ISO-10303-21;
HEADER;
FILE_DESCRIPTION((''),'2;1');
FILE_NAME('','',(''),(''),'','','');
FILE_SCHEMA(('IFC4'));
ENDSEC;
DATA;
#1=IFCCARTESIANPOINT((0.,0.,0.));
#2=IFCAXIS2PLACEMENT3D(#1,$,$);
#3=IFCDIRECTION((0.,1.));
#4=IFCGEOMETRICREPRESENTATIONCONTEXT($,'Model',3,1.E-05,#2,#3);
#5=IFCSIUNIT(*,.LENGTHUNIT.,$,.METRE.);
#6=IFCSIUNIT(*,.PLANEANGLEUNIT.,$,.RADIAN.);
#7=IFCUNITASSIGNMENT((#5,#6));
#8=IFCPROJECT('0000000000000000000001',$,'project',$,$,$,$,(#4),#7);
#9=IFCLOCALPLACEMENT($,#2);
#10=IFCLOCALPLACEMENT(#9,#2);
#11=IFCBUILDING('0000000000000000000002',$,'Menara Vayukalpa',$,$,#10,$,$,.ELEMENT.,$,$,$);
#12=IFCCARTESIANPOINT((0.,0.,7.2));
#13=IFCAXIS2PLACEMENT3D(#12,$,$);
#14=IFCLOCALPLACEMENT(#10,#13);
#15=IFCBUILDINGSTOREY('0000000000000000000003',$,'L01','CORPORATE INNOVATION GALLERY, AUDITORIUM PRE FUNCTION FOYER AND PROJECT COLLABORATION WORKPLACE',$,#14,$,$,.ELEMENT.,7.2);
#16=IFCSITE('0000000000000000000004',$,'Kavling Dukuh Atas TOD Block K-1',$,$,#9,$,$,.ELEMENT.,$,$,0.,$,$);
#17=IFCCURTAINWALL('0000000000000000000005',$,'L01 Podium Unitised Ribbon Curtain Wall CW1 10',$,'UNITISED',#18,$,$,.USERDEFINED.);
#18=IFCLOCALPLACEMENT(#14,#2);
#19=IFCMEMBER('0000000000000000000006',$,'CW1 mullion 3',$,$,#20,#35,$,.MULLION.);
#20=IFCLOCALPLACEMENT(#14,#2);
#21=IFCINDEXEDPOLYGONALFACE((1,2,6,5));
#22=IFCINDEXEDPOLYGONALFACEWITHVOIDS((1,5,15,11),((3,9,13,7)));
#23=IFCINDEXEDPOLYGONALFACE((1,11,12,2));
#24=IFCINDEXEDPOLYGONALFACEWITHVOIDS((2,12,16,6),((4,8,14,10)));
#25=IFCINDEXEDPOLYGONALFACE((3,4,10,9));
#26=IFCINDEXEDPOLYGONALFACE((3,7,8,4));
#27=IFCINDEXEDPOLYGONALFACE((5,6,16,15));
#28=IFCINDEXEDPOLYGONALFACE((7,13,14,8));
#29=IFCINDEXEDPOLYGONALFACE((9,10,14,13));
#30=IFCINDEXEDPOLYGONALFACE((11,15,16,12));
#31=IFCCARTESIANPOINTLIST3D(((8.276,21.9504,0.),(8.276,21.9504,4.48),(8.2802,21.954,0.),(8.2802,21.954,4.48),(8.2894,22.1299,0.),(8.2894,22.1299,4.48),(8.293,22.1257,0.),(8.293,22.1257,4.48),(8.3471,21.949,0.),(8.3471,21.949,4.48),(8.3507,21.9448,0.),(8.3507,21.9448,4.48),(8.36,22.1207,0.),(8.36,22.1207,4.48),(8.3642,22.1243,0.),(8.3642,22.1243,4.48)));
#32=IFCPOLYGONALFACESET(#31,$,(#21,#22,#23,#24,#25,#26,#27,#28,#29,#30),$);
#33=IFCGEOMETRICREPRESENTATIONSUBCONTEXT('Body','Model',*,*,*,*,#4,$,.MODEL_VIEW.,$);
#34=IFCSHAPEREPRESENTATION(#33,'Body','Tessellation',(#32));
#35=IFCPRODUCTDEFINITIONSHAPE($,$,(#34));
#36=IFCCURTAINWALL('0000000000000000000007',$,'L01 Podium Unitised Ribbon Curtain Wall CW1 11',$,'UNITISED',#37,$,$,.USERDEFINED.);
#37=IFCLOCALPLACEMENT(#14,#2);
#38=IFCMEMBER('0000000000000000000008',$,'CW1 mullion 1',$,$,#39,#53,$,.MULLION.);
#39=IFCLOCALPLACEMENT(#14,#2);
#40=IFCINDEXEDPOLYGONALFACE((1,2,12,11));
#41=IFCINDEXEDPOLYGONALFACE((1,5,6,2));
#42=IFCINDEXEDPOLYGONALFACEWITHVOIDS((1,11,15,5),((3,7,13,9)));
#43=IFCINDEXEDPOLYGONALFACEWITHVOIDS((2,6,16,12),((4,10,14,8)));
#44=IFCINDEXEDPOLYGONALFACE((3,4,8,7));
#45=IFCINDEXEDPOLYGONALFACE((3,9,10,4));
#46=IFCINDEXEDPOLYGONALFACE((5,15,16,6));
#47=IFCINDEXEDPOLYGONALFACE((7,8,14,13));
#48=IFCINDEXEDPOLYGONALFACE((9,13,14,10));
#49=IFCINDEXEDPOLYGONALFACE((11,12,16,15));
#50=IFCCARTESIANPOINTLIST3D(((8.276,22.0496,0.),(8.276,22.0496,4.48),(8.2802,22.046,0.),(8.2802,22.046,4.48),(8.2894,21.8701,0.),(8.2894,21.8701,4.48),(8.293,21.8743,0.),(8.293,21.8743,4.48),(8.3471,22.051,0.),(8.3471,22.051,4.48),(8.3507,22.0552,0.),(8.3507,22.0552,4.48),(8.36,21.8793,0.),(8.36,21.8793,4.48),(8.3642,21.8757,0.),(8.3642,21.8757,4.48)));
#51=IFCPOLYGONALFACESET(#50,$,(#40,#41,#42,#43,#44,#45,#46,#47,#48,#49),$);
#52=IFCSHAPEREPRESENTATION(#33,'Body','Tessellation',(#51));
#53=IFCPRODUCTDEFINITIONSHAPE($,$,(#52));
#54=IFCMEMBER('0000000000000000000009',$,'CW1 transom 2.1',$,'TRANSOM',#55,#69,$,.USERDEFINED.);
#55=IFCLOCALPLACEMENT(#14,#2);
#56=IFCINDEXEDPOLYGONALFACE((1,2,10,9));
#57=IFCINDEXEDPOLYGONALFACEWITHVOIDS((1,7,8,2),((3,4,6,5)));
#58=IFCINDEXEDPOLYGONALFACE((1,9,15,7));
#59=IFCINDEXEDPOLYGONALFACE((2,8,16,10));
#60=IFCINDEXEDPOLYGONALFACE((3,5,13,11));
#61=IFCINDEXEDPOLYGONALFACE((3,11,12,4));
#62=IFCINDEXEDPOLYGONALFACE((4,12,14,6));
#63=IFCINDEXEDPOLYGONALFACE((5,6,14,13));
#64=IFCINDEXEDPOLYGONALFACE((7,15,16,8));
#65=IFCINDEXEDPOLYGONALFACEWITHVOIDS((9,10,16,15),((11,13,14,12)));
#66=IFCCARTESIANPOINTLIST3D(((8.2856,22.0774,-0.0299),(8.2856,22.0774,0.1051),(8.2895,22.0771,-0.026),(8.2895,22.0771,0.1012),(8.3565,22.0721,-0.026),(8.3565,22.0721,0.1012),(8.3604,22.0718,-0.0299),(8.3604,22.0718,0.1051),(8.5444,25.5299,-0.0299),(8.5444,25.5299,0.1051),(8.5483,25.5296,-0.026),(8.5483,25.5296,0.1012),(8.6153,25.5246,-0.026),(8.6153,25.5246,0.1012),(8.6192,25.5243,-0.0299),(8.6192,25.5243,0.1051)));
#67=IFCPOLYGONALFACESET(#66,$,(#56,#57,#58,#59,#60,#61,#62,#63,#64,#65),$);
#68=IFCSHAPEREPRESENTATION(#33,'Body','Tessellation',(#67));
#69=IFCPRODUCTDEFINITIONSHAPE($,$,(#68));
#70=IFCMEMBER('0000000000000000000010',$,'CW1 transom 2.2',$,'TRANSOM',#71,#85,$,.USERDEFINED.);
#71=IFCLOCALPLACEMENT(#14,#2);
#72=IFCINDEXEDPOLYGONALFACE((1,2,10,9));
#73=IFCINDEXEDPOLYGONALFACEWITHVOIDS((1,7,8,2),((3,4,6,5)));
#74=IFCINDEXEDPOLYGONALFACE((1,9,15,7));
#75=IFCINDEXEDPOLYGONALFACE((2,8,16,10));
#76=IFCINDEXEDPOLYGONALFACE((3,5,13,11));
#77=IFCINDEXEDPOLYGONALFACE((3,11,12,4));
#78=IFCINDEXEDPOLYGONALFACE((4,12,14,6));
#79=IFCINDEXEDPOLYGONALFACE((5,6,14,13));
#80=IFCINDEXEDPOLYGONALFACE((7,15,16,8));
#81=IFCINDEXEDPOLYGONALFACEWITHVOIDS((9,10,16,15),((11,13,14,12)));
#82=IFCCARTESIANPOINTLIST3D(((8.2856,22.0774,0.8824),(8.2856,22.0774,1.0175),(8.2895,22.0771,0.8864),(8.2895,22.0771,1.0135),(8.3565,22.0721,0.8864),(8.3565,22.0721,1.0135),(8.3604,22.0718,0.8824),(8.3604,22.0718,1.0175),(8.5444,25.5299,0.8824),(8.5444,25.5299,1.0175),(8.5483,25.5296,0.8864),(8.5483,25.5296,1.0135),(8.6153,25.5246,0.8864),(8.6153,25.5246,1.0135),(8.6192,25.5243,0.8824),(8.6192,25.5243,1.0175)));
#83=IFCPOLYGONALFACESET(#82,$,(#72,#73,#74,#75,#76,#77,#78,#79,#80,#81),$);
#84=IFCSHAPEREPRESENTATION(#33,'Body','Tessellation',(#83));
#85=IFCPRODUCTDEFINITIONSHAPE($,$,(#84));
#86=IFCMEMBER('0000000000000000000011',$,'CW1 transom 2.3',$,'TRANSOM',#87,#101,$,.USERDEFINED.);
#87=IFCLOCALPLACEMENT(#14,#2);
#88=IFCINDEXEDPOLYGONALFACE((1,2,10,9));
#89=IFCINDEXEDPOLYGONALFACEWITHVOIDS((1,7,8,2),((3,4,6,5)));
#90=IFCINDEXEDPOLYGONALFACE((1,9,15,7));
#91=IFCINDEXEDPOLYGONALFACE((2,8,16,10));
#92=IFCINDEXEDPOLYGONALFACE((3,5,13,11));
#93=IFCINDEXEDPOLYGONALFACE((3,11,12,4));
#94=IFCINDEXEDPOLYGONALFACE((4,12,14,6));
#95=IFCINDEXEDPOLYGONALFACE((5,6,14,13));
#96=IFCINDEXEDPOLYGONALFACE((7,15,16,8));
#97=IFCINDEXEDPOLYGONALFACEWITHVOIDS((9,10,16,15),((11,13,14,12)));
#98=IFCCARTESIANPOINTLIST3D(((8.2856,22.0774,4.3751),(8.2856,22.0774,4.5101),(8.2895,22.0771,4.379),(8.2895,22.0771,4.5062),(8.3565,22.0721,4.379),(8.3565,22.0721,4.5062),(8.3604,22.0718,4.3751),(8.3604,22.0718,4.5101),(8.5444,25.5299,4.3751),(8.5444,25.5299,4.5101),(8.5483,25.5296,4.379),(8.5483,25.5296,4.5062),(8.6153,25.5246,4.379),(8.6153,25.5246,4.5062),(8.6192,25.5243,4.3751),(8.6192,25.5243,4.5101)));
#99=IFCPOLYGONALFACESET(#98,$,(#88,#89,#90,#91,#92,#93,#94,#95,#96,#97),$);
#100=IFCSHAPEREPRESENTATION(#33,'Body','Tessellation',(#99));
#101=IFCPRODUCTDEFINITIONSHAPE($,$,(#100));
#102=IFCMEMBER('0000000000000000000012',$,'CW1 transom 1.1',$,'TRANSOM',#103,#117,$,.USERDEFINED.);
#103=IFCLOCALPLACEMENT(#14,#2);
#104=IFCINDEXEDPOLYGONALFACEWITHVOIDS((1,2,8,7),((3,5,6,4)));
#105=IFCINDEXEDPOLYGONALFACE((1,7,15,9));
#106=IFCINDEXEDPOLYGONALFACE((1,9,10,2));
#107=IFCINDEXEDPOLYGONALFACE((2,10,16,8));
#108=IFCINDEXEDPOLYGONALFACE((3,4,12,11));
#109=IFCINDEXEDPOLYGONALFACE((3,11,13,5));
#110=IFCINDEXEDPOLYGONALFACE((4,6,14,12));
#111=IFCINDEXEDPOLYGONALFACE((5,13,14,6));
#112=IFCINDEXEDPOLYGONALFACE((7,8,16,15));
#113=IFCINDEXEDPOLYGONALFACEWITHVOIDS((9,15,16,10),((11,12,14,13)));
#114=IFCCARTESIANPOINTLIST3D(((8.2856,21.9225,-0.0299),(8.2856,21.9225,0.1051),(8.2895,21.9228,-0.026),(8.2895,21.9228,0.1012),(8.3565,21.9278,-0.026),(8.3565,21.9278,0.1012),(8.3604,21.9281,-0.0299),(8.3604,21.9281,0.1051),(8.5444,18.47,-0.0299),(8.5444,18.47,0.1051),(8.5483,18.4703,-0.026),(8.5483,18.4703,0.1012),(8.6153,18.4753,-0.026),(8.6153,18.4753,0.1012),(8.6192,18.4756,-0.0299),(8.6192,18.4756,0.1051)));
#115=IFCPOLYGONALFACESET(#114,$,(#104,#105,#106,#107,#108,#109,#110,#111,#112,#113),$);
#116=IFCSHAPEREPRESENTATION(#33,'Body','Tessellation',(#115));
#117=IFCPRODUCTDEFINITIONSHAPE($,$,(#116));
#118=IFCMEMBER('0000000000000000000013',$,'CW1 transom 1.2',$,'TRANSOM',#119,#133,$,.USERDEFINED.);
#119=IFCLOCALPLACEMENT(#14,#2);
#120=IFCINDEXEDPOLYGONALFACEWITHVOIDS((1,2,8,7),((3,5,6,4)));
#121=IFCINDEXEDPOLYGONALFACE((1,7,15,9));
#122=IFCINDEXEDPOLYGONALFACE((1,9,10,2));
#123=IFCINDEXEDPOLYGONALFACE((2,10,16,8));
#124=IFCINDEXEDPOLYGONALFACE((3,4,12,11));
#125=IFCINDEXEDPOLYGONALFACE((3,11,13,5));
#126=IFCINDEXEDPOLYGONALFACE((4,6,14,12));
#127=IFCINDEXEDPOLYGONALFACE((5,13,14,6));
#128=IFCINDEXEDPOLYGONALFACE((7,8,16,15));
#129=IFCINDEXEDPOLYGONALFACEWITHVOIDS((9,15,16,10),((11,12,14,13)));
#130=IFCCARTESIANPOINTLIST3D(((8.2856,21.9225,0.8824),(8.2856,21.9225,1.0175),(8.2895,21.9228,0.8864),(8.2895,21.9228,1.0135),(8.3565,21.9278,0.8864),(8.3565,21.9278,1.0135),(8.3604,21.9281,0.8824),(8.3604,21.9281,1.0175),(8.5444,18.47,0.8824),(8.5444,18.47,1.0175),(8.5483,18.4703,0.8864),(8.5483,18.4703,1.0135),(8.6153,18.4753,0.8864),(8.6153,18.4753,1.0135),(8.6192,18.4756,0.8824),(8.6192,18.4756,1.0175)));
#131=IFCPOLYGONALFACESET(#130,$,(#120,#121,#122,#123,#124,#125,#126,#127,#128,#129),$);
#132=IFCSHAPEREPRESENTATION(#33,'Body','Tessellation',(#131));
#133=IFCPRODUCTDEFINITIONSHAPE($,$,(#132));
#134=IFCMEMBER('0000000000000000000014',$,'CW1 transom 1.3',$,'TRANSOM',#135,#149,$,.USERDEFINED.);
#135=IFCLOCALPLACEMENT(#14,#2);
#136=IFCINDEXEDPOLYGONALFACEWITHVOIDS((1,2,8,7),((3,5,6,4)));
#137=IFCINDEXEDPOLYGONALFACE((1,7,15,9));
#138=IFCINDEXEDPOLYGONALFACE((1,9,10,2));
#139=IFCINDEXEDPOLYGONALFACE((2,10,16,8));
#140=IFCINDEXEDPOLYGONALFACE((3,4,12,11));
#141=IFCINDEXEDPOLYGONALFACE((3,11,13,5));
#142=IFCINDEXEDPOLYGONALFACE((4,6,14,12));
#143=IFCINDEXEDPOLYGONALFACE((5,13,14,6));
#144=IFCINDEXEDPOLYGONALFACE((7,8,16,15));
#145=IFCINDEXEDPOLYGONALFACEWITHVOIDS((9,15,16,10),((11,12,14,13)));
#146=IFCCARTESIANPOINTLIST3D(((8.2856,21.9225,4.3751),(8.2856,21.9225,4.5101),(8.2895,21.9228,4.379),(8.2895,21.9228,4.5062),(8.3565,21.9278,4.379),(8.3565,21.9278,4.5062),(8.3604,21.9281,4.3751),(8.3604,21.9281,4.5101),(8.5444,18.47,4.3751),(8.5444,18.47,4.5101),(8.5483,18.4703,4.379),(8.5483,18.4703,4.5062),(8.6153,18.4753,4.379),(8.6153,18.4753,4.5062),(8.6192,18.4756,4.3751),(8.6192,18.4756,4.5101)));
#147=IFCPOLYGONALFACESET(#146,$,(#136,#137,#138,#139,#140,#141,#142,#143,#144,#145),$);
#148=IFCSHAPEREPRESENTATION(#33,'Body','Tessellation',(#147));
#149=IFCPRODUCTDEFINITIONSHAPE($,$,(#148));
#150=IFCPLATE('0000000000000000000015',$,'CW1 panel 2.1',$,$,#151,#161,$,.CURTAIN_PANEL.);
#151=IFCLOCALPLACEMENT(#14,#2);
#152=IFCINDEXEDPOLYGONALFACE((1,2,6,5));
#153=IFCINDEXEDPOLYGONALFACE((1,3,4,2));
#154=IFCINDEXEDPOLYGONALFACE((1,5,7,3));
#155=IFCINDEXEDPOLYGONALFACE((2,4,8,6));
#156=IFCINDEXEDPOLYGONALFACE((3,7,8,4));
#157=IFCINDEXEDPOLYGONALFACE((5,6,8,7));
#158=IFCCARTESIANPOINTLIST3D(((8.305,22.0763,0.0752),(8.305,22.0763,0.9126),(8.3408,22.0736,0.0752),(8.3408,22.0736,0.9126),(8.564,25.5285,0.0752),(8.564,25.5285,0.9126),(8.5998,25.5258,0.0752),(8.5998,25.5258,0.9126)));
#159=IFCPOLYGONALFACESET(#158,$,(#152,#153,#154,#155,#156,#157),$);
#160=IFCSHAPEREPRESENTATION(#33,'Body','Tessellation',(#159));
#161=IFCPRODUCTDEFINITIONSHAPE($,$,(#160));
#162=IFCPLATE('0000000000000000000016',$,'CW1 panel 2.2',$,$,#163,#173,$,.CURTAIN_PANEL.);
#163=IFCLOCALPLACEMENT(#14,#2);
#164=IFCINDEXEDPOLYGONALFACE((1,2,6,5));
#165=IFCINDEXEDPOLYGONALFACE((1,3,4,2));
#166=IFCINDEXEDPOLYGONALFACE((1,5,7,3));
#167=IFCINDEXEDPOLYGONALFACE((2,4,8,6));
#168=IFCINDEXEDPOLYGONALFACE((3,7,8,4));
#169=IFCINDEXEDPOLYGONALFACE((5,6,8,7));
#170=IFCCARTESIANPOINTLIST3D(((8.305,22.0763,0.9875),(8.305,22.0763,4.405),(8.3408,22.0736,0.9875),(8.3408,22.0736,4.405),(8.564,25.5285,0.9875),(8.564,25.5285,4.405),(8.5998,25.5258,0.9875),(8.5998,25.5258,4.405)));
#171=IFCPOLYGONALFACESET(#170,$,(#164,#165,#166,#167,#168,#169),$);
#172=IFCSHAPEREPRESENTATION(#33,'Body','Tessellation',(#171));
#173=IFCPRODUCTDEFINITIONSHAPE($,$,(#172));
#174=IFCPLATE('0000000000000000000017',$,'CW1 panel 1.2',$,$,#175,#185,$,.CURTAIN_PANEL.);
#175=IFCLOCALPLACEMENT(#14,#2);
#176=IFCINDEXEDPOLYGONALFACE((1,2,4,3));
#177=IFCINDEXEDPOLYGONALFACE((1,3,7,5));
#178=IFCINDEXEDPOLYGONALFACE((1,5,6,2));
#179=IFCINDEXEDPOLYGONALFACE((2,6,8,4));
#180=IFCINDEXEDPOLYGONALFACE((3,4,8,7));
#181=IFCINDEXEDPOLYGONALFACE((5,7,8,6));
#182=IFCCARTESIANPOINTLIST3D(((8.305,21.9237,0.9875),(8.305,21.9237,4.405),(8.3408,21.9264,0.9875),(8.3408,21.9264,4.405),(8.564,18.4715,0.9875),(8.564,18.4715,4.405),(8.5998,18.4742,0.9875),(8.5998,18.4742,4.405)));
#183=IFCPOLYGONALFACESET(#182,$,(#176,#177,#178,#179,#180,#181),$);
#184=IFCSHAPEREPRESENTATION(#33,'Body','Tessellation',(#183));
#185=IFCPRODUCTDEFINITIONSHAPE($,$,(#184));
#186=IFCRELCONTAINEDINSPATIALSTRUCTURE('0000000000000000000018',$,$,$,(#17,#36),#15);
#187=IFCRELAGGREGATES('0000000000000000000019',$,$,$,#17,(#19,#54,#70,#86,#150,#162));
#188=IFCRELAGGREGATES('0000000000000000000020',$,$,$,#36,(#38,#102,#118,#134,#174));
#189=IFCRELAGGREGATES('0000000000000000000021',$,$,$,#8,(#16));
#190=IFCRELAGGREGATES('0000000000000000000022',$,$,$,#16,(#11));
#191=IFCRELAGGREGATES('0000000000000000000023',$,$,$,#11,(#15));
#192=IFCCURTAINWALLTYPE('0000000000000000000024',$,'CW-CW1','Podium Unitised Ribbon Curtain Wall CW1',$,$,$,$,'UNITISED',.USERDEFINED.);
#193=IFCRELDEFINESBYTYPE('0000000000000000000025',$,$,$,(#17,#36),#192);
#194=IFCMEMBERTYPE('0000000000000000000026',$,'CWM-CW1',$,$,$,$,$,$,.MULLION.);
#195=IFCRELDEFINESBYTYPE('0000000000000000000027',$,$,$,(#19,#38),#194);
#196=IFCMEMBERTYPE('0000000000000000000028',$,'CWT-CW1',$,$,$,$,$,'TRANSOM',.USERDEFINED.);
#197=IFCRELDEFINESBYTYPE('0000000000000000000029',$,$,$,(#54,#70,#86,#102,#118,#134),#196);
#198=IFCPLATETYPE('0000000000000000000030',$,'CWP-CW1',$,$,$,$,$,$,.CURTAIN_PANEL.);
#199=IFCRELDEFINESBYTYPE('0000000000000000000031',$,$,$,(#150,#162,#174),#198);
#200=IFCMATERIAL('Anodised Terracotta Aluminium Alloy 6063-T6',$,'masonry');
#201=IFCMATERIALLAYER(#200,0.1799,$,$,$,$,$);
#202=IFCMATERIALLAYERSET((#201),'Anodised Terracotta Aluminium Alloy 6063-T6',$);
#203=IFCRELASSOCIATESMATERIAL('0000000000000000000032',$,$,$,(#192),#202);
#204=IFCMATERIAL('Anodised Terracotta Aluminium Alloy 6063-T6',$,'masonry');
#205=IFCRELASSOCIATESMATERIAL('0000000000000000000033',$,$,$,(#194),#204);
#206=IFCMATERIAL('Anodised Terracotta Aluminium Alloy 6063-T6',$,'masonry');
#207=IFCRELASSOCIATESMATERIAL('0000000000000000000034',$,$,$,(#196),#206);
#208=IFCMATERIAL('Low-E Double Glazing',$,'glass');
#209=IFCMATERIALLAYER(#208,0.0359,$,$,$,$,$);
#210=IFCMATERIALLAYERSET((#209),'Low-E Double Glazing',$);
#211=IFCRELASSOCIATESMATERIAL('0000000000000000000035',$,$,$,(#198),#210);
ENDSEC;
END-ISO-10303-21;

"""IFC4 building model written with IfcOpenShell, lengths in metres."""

from ifc_helpers import new_model, si_unit, direction, frame, origin, origin_2d, place, context, subcontext, project, spatial, rectangle, hollow_rectangle, extrude, material, layer, layer_set, material_profile, profile_set, type_object, element, aggregate, save


model = new_model("IFC4")

# Units and contexts
model_context = context("Model", 3, precision=1e-05, world=origin(), true_north=direction((0.0, 1.0)))
body_context = subcontext(model_context, "Body", "Model", "MODEL_VIEW")
ifc_project = project(units=[si_unit("LENGTHUNIT", "METRE"), si_unit("PLANEANGLEUNIT", "RADIAN")], contexts=[model_context])

# Site, building, storey
site_placement = place(None, origin())
site = spatial("IfcSite", under=ifc_project, at=site_placement, Name="Kavling Dukuh Atas TOD Block K-1", CompositionType="ELEMENT", RefElevation=0.0)
building_placement = place(site_placement, origin())
building = spatial("IfcBuilding", under=site, at=building_placement, Name="Menara Vayukalpa", CompositionType="ELEMENT")
storey_placement = place(building_placement, frame((0.0, 0.0, 7.2)))
storey = spatial("IfcBuildingStorey", under=building, at=storey_placement, Name="L01", Description="CORPORATE INNOVATION GALLERY, AUDITORIUM PRE FUNCTION FOYER AND PROJECT COLLABORATION WORKPLACE", CompositionType="ELEMENT", Elevation=7.2)

# Curtain wall, member
ifc_material_1 = material(Name="Anodised Terracotta Aluminium Alloy 6063-T6", Category="masonry")
ifc_layer_1 = layer(ifc_material_1, 0.1799)
ifc_layer_set_1 = layer_set([ifc_layer_1], Name="Anodised Terracotta Aluminium Alloy 6063-T6")
curtain_wall_type = type_object("IfcCurtainWallType", Name="CW-CW1", Description="Podium Unitised Ribbon Curtain Wall CW1", ElementType="UNITISED", PredefinedType="USERDEFINED", material=ifc_layer_set_1)
curtain_wall_1_placement = place(storey_placement, origin())
curtain_wall_1 = element("IfcCurtainWall", 1, at=curtain_wall_1_placement, inside=storey, type_object=curtain_wall_type, Name="L01 Podium Unitised Ribbon Curtain Wall CW1 10", ObjectType="UNITISED", PredefinedType="USERDEFINED")
ifc_material_2 = material(Name="Anodised Terracotta Aluminium Alloy 6063-T6", Category="masonry")
ifc_material_profile_1 = material_profile(ifc_material_2, hollow_rectangle(XDim=0.075, YDim=0.1799, WallThickness=0.0039, at=origin_2d()), Name="ALU 75x180x4")
ifc_profile_set_1 = profile_set([ifc_material_profile_1], Name="Anodised Terracotta Aluminium Alloy 6063-T6")
member_type_1 = type_object("IfcMemberType", Name="CWM-CW1", PredefinedType="MULLION", material=ifc_profile_set_1)
member_1_placement = place(storey_placement, frame((8.3201, 22.0374, 0.0), z_axis=(0.0, 0.0, 1.0), x_axis=(0.997199, -0.074794, 0.0)))
member_1 = element("IfcMember", 2, at=member_1_placement, type_object=member_type_1, Name="CW1 mullion 3", PredefinedType="MULLION", context=body_context, shape_type="SweptSolid", body=[
    extrude(hollow_rectangle(XDim=0.075, YDim=0.1799, WallThickness=0.0039, at=origin_2d()), origin(), (0.0, 0.0, 1.0), 4.48),
])

# Curtain wall, member
curtain_wall_2_placement = place(storey_placement, origin())
curtain_wall_2 = element("IfcCurtainWall", 3, at=curtain_wall_2_placement, inside=storey, type_object=curtain_wall_type, Name="L01 Podium Unitised Ribbon Curtain Wall CW1 11", ObjectType="UNITISED", PredefinedType="USERDEFINED")
member_2_placement = place(storey_placement, frame((8.3201, 21.9626, 0.0), z_axis=(0.0, 0.0, 1.0), x_axis=(0.997199, 0.074794, 0.0)))
member_2 = element("IfcMember", 4, at=member_2_placement, type_object=member_type_1, Name="CW1 mullion 1", PredefinedType="MULLION", context=body_context, shape_type="SweptSolid", body=[
    extrude(hollow_rectangle(XDim=0.075, YDim=0.1799, WallThickness=0.0039, at=origin_2d()), origin(), (0.0, 0.0, 1.0), 4.48),
])

# Members
ifc_material_3 = material(Name="Anodised Terracotta Aluminium Alloy 6063-T6", Category="masonry")
ifc_material_profile_2 = material_profile(ifc_material_3, hollow_rectangle(XDim=0.075, YDim=0.135, WallThickness=0.0039, at=origin_2d()), Name="ALU 75x135x4")
ifc_profile_set_2 = profile_set([ifc_material_profile_2], Name="Anodised Terracotta Aluminium Alloy 6063-T6")
member_type_2 = type_object("IfcMemberType", Name="CWT-CW1", ElementType="TRANSOM", PredefinedType="USERDEFINED", material=ifc_profile_set_2)
member_3_placement = place(storey_placement, frame((8.5818, 25.5271, 0.0376), z_axis=(-0.07475, -0.997202, 0.0), x_axis=(0.997202, -0.07475, 0.0)))
member_3 = element("IfcMember", 5, at=member_3_placement, type_object=member_type_2, Name="CW1 transom 2.1", ObjectType="TRANSOM", PredefinedType="USERDEFINED", context=body_context, shape_type="SweptSolid", body=[
    extrude(hollow_rectangle(XDim=0.075, YDim=0.135, WallThickness=0.0039, at=origin_2d()), origin(), (0.0, 0.0, 1.0), 3.4622),
])
member_4_placement = place(storey_placement, frame((8.5818, 25.5271, 0.95), z_axis=(-0.07475, -0.997202, 0.0), x_axis=(0.997202, -0.07475, 0.0)))
member_4 = element("IfcMember", 6, at=member_4_placement, type_object=member_type_2, Name="CW1 transom 2.2", ObjectType="TRANSOM", PredefinedType="USERDEFINED", context=body_context, shape_type="SweptSolid", body=[
    extrude(hollow_rectangle(XDim=0.075, YDim=0.135, WallThickness=0.0039, at=origin_2d()), origin(), (0.0, 0.0, 1.0), 3.4622),
])
member_5_placement = place(storey_placement, frame((8.5818, 25.5271, 4.4426), z_axis=(-0.07475, -0.997202, 0.0), x_axis=(0.997202, -0.07475, 0.0)))
member_5 = element("IfcMember", 7, at=member_5_placement, type_object=member_type_2, Name="CW1 transom 2.3", ObjectType="TRANSOM", PredefinedType="USERDEFINED", context=body_context, shape_type="SweptSolid", body=[
    extrude(hollow_rectangle(XDim=0.075, YDim=0.135, WallThickness=0.0039, at=origin_2d()), origin(), (0.0, 0.0, 1.0), 3.4622),
])
member_6_placement = place(storey_placement, frame((8.323, 21.9253, 0.0376), z_axis=(0.07475, -0.997202, 0.0), x_axis=(0.997202, 0.07475, 0.0)))
member_6 = element("IfcMember", 8, at=member_6_placement, type_object=member_type_2, Name="CW1 transom 1.1", ObjectType="TRANSOM", PredefinedType="USERDEFINED", context=body_context, shape_type="SweptSolid", body=[
    extrude(hollow_rectangle(XDim=0.075, YDim=0.135, WallThickness=0.0039, at=origin_2d()), origin(), (0.0, 0.0, 1.0), 3.4622),
])
member_7_placement = place(storey_placement, frame((8.323, 21.9253, 0.95), z_axis=(0.07475, -0.997202, 0.0), x_axis=(0.997202, 0.07475, 0.0)))
member_7 = element("IfcMember", 9, at=member_7_placement, type_object=member_type_2, Name="CW1 transom 1.2", ObjectType="TRANSOM", PredefinedType="USERDEFINED", context=body_context, shape_type="SweptSolid", body=[
    extrude(hollow_rectangle(XDim=0.075, YDim=0.135, WallThickness=0.0039, at=origin_2d()), origin(), (0.0, 0.0, 1.0), 3.4622),
])
member_8_placement = place(storey_placement, frame((8.323, 21.9253, 4.4426), z_axis=(0.07475, -0.997202, 0.0), x_axis=(0.997202, 0.07475, 0.0)))
member_8 = element("IfcMember", 10, at=member_8_placement, type_object=member_type_2, Name="CW1 transom 1.3", ObjectType="TRANSOM", PredefinedType="USERDEFINED", context=body_context, shape_type="SweptSolid", body=[
    extrude(hollow_rectangle(XDim=0.075, YDim=0.135, WallThickness=0.0039, at=origin_2d()), origin(), (0.0, 0.0, 1.0), 3.4622),
])

# Plates
ifc_material_4 = material(Name="Low-E Double Glazing", Category="glass")
ifc_layer_2 = layer(ifc_material_4, 0.0359)
ifc_layer_set_2 = layer_set([ifc_layer_2], Name="Low-E Double Glazing")
plate_type = type_object("IfcPlateType", Name="CWP-CW1", PredefinedType="CURTAIN_PANEL", material=ifc_layer_set_2)
plate_1_placement = place(storey_placement, frame((8.4524, 23.801, 0.0752), z_axis=(0.0, 0.0, 1.0), x_axis=(-0.074794, -0.997199, 0.0)))
plate_1 = element("IfcPlate", 11, at=plate_1_placement, type_object=plate_type, Name="CW1 panel 2.1", PredefinedType="CURTAIN_PANEL", context=body_context, shape_type="SweptSolid", body=[
    extrude(rectangle(XDim=3.4619, YDim=0.0359, at=origin_2d()), origin(), (0.0, 0.0, 1.0), 0.8374),
])
plate_2_placement = place(storey_placement, frame((8.4524, 23.801, 0.9875), z_axis=(0.0, 0.0, 1.0), x_axis=(-0.074794, -0.997199, 0.0)))
plate_2 = element("IfcPlate", 12, at=plate_2_placement, type_object=plate_type, Name="CW1 panel 2.2", PredefinedType="CURTAIN_PANEL", context=body_context, shape_type="SweptSolid", body=[
    extrude(rectangle(XDim=3.4619, YDim=0.0359, at=origin_2d()), origin(), (0.0, 0.0, 1.0), 3.4175),
])
aggregate(curtain_wall_1, [member_1, member_3, member_4, member_5, plate_1, plate_2])
plate_3_placement = place(storey_placement, frame((8.4524, 20.199, 0.9875), z_axis=(0.0, 0.0, 1.0), x_axis=(0.074794, -0.997199, 0.0)))
plate_3 = element("IfcPlate", 13, at=plate_3_placement, type_object=plate_type, Name="CW1 panel 1.2", PredefinedType="CURTAIN_PANEL", context=body_context, shape_type="SweptSolid", body=[
    extrude(rectangle(XDim=3.4619, YDim=0.0359, at=origin_2d()), origin(), (0.0, 0.0, 1.0), 3.4175),
])
aggregate(curtain_wall_2, [member_2, member_6, member_7, member_8, plate_3])

save(model, "model.ifc")
